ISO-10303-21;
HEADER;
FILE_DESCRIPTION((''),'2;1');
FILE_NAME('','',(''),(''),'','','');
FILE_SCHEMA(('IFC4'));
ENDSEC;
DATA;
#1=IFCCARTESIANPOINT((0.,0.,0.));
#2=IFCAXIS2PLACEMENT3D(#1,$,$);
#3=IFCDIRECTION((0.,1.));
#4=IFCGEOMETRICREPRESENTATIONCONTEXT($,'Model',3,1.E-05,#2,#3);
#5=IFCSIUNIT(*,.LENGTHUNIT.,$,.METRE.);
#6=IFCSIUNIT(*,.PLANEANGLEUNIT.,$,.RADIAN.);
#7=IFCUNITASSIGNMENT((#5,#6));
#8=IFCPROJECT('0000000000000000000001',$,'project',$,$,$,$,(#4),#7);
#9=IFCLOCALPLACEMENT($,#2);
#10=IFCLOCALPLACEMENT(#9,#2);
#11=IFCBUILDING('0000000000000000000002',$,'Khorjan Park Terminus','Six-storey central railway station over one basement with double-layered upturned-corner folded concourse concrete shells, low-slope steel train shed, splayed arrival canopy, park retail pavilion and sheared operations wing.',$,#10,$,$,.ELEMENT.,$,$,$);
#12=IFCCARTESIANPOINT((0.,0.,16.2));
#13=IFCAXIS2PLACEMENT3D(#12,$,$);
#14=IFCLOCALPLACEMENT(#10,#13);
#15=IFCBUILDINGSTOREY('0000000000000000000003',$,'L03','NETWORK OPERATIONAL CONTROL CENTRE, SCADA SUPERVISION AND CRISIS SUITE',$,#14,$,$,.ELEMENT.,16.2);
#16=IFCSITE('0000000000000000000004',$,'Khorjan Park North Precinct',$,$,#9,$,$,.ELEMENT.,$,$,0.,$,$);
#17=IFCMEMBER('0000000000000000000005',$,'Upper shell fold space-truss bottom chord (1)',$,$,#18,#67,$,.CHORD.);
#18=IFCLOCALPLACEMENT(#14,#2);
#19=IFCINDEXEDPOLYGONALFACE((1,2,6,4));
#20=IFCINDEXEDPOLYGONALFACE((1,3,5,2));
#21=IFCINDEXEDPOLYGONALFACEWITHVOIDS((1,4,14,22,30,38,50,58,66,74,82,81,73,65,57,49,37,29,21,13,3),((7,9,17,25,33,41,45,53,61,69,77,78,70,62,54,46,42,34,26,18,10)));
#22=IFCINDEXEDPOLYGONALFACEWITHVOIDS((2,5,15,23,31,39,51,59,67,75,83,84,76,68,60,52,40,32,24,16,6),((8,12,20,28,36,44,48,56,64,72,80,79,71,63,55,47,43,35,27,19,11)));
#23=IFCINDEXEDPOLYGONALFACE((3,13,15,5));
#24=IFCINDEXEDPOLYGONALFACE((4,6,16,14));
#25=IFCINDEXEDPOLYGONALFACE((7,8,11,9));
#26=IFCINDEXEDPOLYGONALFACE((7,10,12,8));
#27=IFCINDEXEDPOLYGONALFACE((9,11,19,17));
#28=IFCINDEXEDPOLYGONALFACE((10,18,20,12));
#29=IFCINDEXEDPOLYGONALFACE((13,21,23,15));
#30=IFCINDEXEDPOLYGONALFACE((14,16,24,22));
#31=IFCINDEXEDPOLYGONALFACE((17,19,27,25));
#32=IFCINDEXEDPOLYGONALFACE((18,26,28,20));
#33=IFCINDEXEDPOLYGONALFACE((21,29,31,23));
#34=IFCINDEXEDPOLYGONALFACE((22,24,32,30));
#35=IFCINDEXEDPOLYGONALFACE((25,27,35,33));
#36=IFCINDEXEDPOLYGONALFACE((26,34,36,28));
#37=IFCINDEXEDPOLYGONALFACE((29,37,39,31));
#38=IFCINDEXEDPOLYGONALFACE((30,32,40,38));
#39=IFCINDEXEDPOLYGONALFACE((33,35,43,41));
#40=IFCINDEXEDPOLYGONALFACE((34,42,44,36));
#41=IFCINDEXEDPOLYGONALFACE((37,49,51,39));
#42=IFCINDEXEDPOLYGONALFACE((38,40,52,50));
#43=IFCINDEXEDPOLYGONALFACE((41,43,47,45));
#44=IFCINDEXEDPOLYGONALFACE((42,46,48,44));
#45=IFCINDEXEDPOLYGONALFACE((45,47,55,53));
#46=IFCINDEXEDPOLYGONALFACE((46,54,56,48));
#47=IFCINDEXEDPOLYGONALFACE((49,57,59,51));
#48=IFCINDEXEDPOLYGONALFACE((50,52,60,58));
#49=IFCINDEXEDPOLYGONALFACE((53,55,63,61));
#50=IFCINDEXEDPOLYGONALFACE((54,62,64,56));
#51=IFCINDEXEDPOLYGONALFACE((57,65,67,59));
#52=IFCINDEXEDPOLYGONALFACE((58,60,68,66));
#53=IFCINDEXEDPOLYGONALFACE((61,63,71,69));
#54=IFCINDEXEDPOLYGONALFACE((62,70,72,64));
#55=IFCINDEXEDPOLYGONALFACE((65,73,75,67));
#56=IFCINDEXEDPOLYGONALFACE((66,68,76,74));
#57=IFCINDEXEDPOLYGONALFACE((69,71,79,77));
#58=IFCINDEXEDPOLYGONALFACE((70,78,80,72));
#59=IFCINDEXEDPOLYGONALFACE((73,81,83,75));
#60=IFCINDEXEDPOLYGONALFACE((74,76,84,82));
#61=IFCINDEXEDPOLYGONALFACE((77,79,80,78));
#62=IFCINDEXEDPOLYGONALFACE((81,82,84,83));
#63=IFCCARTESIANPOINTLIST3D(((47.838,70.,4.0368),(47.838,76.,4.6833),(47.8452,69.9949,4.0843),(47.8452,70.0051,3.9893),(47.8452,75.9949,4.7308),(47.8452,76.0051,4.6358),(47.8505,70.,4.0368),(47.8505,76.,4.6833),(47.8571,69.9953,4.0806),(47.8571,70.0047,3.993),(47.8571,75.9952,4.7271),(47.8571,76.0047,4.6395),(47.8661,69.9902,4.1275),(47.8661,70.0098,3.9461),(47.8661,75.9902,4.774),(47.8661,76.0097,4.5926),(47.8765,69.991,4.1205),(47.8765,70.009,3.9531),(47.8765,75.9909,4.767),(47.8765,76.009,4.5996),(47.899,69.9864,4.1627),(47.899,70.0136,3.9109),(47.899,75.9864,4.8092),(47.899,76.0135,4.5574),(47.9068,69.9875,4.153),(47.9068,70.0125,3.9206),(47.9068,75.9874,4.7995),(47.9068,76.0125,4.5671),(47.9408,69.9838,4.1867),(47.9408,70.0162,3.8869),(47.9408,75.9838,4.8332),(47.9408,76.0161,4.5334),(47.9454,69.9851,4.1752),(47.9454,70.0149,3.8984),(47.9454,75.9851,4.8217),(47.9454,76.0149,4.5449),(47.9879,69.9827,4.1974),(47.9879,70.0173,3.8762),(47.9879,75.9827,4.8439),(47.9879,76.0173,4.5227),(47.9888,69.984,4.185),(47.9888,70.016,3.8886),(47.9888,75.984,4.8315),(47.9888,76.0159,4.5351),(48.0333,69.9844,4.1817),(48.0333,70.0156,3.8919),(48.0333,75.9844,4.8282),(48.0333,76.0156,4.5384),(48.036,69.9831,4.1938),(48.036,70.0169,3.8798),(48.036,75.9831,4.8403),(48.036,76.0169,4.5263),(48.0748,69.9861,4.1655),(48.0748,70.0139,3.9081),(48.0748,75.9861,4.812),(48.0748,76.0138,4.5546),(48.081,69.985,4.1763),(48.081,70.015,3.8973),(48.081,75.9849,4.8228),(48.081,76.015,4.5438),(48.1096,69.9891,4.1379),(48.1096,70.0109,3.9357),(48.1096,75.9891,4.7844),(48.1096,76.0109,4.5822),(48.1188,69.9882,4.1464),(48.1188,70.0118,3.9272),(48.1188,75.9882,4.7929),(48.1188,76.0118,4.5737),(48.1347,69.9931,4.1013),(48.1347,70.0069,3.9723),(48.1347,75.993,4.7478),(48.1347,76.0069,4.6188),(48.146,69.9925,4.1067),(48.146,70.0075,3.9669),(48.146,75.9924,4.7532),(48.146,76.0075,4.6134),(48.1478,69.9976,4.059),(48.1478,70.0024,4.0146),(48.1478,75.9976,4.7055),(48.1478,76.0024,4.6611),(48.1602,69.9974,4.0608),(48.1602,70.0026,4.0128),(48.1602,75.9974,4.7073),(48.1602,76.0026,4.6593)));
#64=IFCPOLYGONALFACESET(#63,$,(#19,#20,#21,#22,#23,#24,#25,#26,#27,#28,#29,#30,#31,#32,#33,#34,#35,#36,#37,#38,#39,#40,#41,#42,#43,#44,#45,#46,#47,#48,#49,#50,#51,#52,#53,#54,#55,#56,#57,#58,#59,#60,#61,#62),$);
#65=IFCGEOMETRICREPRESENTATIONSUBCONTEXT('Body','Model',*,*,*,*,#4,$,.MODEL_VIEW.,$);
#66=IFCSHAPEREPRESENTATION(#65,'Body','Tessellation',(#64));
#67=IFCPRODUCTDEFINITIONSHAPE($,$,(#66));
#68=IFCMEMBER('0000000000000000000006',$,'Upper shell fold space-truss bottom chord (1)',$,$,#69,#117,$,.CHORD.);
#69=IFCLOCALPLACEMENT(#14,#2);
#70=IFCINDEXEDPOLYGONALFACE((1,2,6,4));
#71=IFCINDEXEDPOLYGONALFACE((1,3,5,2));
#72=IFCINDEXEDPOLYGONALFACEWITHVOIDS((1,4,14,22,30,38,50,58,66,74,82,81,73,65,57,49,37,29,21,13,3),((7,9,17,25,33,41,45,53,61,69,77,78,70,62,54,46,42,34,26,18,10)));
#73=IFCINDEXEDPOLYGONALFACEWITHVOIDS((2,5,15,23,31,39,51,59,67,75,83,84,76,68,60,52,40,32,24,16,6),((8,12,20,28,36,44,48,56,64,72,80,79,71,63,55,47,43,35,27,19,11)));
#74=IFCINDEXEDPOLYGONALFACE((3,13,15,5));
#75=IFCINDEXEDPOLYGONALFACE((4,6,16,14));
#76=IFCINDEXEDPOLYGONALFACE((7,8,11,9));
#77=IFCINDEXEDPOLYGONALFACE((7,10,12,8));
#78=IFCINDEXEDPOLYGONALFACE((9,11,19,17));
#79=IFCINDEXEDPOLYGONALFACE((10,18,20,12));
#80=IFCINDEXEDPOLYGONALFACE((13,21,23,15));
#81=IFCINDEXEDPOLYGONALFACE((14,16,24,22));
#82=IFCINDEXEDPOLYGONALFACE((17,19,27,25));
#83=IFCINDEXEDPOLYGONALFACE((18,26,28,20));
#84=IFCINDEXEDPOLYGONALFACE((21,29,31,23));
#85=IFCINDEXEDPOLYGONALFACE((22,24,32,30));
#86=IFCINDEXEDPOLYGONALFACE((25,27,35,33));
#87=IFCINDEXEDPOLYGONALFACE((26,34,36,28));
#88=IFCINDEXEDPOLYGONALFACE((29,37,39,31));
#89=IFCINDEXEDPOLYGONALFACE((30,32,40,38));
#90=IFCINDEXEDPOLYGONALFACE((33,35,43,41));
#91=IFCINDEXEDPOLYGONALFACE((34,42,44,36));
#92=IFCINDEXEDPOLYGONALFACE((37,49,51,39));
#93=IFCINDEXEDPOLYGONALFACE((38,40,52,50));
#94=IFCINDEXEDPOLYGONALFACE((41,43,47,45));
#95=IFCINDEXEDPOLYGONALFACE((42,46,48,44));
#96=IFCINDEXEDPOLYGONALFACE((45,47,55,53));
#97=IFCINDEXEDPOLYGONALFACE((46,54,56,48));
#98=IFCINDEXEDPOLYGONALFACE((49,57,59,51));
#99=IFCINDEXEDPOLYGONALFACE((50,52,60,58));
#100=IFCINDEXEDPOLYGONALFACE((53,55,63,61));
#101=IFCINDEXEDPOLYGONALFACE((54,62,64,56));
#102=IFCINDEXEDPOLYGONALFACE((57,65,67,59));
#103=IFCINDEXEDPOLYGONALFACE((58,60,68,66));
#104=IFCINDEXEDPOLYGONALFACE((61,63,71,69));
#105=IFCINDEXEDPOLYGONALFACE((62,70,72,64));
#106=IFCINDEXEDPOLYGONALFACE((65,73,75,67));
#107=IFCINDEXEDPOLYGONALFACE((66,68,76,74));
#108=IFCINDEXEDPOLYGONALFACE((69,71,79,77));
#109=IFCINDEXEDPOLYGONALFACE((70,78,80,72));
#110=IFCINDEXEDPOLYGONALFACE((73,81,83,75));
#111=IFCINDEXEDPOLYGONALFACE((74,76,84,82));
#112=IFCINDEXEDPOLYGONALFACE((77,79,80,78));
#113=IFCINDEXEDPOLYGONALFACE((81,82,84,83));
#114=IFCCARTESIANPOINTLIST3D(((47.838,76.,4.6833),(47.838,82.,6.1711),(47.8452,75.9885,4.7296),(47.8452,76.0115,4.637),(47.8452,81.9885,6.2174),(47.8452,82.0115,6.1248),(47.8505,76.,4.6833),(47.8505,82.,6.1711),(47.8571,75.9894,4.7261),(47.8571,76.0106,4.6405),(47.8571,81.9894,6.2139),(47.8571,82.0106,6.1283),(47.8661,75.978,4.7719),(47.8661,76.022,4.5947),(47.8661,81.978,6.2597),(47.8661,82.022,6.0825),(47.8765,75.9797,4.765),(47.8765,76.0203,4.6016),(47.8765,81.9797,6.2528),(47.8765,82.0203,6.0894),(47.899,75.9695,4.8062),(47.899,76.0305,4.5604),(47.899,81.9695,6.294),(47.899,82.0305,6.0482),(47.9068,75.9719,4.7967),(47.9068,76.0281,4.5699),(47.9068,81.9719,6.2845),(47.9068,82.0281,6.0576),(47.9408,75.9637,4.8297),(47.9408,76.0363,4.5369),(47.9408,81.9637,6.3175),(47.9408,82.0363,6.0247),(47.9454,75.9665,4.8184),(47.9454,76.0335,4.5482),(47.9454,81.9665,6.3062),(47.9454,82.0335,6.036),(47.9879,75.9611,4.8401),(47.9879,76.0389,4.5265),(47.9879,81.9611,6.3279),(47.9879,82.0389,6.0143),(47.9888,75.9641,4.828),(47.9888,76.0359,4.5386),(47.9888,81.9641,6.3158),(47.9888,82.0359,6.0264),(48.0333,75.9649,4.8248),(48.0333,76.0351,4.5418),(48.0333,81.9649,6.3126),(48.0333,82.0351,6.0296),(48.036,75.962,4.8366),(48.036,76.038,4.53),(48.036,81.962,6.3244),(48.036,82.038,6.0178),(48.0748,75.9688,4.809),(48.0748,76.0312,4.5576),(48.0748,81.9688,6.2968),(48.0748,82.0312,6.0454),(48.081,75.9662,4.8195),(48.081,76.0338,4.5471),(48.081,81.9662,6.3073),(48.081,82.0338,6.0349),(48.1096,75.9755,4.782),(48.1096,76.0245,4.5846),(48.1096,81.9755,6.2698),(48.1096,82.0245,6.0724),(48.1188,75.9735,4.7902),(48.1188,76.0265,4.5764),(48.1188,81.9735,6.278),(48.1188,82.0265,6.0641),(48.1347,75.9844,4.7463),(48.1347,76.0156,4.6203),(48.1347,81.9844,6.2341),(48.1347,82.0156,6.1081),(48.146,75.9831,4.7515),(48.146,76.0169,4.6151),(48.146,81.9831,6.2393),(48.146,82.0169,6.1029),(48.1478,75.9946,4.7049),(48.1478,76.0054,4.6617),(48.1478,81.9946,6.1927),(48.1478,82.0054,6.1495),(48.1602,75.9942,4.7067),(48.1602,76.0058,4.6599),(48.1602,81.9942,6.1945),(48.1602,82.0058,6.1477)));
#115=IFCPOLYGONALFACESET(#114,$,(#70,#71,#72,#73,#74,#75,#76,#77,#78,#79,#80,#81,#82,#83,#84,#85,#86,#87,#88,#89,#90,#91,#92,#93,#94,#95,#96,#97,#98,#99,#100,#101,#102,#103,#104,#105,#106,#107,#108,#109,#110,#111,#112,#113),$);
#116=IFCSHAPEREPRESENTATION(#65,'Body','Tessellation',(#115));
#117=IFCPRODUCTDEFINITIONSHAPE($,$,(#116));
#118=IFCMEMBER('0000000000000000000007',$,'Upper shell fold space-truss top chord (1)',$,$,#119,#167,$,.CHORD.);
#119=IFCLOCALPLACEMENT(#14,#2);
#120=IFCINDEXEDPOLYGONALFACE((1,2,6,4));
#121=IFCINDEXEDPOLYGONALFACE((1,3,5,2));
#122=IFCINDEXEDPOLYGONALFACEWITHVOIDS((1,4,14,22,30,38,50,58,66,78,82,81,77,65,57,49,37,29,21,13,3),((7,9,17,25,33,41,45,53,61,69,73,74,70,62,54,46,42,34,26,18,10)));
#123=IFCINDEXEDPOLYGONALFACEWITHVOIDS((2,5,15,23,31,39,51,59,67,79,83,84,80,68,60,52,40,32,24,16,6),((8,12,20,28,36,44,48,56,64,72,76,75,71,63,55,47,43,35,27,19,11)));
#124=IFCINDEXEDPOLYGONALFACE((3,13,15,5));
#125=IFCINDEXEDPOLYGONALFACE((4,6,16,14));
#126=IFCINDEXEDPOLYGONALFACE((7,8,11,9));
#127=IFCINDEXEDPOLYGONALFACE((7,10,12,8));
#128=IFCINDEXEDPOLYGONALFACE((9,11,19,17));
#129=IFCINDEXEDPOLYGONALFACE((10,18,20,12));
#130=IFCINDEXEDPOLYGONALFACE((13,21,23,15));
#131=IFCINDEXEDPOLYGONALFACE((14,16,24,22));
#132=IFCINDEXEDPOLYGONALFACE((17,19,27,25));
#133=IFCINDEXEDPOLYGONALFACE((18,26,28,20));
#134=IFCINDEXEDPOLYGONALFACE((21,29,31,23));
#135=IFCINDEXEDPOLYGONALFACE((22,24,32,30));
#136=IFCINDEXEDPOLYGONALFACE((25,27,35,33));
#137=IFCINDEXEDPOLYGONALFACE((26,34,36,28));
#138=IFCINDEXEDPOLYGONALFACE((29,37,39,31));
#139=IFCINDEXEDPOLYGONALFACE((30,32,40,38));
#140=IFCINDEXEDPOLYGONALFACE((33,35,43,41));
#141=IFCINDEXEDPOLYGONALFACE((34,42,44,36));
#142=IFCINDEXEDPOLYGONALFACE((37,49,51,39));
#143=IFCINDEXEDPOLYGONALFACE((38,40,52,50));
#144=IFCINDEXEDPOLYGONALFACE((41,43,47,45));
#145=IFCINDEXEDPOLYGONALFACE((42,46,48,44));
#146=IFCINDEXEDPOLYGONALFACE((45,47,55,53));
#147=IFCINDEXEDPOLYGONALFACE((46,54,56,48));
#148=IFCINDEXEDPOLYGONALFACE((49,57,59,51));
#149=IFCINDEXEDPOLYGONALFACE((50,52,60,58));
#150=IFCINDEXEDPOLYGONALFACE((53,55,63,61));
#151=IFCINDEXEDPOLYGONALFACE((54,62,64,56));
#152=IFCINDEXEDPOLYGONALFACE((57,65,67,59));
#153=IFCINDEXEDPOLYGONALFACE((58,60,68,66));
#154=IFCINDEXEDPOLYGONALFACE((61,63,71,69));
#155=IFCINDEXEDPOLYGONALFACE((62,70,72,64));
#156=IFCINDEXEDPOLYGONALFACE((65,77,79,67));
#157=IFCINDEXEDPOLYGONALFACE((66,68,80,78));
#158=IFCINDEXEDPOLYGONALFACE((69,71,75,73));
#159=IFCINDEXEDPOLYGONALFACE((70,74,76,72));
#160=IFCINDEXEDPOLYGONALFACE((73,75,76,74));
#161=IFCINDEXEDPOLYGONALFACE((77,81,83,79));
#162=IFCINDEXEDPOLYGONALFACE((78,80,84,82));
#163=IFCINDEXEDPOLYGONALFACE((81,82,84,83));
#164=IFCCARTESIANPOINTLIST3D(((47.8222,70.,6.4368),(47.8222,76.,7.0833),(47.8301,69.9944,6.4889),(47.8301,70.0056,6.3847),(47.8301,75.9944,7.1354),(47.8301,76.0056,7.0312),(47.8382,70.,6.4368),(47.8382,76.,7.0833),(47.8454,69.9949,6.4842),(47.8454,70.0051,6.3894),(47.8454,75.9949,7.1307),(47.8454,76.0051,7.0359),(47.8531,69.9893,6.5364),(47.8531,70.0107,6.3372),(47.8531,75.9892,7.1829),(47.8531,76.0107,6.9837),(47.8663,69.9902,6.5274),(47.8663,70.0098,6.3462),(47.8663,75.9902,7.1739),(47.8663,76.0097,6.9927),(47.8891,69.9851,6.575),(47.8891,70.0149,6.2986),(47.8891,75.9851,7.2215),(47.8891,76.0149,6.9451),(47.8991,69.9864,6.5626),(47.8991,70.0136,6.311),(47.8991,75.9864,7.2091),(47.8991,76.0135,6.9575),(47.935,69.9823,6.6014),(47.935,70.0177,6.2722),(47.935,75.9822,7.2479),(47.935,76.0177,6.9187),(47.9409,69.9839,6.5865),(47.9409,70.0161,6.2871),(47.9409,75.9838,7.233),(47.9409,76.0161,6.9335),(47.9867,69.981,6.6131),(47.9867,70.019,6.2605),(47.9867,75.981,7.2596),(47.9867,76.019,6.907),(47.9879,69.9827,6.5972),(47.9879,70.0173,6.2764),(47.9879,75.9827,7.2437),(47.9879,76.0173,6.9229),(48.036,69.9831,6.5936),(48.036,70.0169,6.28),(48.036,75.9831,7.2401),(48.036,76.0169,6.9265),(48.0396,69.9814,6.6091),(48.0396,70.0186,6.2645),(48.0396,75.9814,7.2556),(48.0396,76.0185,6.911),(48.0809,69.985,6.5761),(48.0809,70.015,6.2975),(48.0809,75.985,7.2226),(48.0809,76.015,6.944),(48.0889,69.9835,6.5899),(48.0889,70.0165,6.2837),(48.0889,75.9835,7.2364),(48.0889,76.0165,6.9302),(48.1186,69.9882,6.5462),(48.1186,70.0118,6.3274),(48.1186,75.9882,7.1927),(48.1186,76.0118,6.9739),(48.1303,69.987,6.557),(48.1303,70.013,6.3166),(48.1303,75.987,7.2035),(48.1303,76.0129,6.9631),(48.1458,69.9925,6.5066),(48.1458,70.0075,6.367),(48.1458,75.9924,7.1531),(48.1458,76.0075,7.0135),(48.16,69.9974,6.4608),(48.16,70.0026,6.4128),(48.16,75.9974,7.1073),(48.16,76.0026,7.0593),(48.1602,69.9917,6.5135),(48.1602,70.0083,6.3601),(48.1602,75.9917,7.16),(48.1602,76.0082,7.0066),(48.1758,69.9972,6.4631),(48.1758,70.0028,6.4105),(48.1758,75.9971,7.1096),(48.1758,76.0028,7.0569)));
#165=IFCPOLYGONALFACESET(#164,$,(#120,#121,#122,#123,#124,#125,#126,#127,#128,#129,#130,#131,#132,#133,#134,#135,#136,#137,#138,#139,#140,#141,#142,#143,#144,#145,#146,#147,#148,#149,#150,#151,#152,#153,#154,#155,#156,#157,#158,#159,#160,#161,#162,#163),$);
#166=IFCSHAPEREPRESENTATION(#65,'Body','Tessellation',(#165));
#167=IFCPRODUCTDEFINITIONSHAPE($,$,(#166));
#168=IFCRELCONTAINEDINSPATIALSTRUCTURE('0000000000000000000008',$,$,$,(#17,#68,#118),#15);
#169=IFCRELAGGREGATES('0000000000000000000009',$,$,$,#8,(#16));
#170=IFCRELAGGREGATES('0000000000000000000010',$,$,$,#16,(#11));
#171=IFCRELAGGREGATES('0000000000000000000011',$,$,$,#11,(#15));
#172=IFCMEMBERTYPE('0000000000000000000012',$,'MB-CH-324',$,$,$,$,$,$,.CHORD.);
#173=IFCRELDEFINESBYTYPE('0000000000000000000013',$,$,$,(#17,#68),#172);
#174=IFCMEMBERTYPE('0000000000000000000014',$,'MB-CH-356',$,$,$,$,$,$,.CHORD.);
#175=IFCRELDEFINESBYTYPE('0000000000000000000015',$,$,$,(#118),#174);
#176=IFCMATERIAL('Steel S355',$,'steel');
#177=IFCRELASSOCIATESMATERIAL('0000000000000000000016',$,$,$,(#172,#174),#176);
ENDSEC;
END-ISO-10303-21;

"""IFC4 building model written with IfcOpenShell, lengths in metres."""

from ifc_helpers import new_model, si_unit, direction, frame, origin, origin_2d, place, context, subcontext, project, spatial, hollow_circle, extrude, material, material_profile, profile_set, type_object, element, save


model = new_model("IFC4")

# Units and contexts
model_context = context("Model", 3, precision=1e-05, world=origin(), true_north=direction((0.0, 1.0)))
body_context = subcontext(model_context, "Body", "Model", "MODEL_VIEW")
ifc_project = project(units=[si_unit("LENGTHUNIT", "METRE"), si_unit("PLANEANGLEUNIT", "RADIAN")], contexts=[model_context])

# Site, building, storey
site_placement = place(None, origin())
site = spatial("IfcSite", under=ifc_project, at=site_placement, Name="Khorjan Park North Precinct", CompositionType="ELEMENT", RefElevation=0.0)
building_placement = place(site_placement, origin())
building = spatial("IfcBuilding", under=site, at=building_placement, Name="Khorjan Park Terminus", Description="Six-storey central railway station over one basement with double-layered upturned-corner folded concourse concrete shells, low-slope steel train shed, splayed arrival canopy, park retail pavilion and sheared operations wing.", CompositionType="ELEMENT")
storey_placement = place(building_placement, frame((0.0, 0.0, 16.2)))
storey = spatial("IfcBuildingStorey", under=building, at=storey_placement, Name="L03", Description="NETWORK OPERATIONAL CONTROL CENTRE, SCADA SUPERVISION AND CRISIS SUITE", CompositionType="ELEMENT", Elevation=16.2)

# Members
ifc_material_1 = material(Name="Steel S355", Category="steel")
ifc_material_profile_1 = material_profile(ifc_material_1, hollow_circle(Radius=0.162, WallThickness=0.0125, at=origin_2d()), Name="CHS 323.9x12.5")
ifc_profile_set_1 = profile_set([ifc_material_profile_1], Name="Steel S355")
member_type_1 = type_object("IfcMemberType", Name="MB-CH-324", PredefinedType="CHORD", material=ifc_profile_set_1)
member_1_placement = place(storey_placement, frame((48.0, 70.0, 4.0368), z_axis=(0.0, 0.994245, 0.10713), x_axis=(-1.0, 0.0, 0.0)))
element("IfcMember", 1, at=member_1_placement, inside=storey, type_object=member_type_1, Name="Upper shell fold space-truss bottom chord (1)", PredefinedType="CHORD", context=body_context, shape_type="SweptSolid", body=[
    extrude(hollow_circle(Radius=0.162, WallThickness=0.0125, at=origin_2d()), origin(), (0.0, 0.0, 1.0), 6.0347),
])
member_2_placement = place(storey_placement, frame((48.0, 76.0, 4.6833), z_axis=(0.0, 0.970605, 0.240678), x_axis=(-1.0, 0.0, 0.0)))
element("IfcMember", 2, at=member_2_placement, inside=storey, type_object=member_type_1, Name="Upper shell fold space-truss bottom chord (1)", PredefinedType="CHORD", context=body_context, shape_type="SweptSolid", body=[
    extrude(hollow_circle(Radius=0.162, WallThickness=0.0125, at=origin_2d()), origin(), (0.0, 0.0, 1.0), 6.1817),
])
ifc_material_profile_2 = material_profile(ifc_material_1, hollow_circle(Radius=0.1778, WallThickness=0.016, at=origin_2d()), Name="CHS 355.6x16")
ifc_profile_set_2 = profile_set([ifc_material_profile_2], Name="Steel S355")
member_type_2 = type_object("IfcMemberType", Name="MB-CH-356", PredefinedType="CHORD", material=ifc_profile_set_2)
member_3_placement = place(storey_placement, frame((48.0, 70.0, 6.4368), z_axis=(0.0, 0.994245, 0.10713), x_axis=(-1.0, 0.0, 0.0)))
element("IfcMember", 3, at=member_3_placement, inside=storey, type_object=member_type_2, Name="Upper shell fold space-truss top chord (1)", PredefinedType="CHORD", context=body_context, shape_type="SweptSolid", body=[
    extrude(hollow_circle(Radius=0.1778, WallThickness=0.016, at=origin_2d()), origin(), (0.0, 0.0, 1.0), 6.0347),
])

save(model, "model.ifc")
